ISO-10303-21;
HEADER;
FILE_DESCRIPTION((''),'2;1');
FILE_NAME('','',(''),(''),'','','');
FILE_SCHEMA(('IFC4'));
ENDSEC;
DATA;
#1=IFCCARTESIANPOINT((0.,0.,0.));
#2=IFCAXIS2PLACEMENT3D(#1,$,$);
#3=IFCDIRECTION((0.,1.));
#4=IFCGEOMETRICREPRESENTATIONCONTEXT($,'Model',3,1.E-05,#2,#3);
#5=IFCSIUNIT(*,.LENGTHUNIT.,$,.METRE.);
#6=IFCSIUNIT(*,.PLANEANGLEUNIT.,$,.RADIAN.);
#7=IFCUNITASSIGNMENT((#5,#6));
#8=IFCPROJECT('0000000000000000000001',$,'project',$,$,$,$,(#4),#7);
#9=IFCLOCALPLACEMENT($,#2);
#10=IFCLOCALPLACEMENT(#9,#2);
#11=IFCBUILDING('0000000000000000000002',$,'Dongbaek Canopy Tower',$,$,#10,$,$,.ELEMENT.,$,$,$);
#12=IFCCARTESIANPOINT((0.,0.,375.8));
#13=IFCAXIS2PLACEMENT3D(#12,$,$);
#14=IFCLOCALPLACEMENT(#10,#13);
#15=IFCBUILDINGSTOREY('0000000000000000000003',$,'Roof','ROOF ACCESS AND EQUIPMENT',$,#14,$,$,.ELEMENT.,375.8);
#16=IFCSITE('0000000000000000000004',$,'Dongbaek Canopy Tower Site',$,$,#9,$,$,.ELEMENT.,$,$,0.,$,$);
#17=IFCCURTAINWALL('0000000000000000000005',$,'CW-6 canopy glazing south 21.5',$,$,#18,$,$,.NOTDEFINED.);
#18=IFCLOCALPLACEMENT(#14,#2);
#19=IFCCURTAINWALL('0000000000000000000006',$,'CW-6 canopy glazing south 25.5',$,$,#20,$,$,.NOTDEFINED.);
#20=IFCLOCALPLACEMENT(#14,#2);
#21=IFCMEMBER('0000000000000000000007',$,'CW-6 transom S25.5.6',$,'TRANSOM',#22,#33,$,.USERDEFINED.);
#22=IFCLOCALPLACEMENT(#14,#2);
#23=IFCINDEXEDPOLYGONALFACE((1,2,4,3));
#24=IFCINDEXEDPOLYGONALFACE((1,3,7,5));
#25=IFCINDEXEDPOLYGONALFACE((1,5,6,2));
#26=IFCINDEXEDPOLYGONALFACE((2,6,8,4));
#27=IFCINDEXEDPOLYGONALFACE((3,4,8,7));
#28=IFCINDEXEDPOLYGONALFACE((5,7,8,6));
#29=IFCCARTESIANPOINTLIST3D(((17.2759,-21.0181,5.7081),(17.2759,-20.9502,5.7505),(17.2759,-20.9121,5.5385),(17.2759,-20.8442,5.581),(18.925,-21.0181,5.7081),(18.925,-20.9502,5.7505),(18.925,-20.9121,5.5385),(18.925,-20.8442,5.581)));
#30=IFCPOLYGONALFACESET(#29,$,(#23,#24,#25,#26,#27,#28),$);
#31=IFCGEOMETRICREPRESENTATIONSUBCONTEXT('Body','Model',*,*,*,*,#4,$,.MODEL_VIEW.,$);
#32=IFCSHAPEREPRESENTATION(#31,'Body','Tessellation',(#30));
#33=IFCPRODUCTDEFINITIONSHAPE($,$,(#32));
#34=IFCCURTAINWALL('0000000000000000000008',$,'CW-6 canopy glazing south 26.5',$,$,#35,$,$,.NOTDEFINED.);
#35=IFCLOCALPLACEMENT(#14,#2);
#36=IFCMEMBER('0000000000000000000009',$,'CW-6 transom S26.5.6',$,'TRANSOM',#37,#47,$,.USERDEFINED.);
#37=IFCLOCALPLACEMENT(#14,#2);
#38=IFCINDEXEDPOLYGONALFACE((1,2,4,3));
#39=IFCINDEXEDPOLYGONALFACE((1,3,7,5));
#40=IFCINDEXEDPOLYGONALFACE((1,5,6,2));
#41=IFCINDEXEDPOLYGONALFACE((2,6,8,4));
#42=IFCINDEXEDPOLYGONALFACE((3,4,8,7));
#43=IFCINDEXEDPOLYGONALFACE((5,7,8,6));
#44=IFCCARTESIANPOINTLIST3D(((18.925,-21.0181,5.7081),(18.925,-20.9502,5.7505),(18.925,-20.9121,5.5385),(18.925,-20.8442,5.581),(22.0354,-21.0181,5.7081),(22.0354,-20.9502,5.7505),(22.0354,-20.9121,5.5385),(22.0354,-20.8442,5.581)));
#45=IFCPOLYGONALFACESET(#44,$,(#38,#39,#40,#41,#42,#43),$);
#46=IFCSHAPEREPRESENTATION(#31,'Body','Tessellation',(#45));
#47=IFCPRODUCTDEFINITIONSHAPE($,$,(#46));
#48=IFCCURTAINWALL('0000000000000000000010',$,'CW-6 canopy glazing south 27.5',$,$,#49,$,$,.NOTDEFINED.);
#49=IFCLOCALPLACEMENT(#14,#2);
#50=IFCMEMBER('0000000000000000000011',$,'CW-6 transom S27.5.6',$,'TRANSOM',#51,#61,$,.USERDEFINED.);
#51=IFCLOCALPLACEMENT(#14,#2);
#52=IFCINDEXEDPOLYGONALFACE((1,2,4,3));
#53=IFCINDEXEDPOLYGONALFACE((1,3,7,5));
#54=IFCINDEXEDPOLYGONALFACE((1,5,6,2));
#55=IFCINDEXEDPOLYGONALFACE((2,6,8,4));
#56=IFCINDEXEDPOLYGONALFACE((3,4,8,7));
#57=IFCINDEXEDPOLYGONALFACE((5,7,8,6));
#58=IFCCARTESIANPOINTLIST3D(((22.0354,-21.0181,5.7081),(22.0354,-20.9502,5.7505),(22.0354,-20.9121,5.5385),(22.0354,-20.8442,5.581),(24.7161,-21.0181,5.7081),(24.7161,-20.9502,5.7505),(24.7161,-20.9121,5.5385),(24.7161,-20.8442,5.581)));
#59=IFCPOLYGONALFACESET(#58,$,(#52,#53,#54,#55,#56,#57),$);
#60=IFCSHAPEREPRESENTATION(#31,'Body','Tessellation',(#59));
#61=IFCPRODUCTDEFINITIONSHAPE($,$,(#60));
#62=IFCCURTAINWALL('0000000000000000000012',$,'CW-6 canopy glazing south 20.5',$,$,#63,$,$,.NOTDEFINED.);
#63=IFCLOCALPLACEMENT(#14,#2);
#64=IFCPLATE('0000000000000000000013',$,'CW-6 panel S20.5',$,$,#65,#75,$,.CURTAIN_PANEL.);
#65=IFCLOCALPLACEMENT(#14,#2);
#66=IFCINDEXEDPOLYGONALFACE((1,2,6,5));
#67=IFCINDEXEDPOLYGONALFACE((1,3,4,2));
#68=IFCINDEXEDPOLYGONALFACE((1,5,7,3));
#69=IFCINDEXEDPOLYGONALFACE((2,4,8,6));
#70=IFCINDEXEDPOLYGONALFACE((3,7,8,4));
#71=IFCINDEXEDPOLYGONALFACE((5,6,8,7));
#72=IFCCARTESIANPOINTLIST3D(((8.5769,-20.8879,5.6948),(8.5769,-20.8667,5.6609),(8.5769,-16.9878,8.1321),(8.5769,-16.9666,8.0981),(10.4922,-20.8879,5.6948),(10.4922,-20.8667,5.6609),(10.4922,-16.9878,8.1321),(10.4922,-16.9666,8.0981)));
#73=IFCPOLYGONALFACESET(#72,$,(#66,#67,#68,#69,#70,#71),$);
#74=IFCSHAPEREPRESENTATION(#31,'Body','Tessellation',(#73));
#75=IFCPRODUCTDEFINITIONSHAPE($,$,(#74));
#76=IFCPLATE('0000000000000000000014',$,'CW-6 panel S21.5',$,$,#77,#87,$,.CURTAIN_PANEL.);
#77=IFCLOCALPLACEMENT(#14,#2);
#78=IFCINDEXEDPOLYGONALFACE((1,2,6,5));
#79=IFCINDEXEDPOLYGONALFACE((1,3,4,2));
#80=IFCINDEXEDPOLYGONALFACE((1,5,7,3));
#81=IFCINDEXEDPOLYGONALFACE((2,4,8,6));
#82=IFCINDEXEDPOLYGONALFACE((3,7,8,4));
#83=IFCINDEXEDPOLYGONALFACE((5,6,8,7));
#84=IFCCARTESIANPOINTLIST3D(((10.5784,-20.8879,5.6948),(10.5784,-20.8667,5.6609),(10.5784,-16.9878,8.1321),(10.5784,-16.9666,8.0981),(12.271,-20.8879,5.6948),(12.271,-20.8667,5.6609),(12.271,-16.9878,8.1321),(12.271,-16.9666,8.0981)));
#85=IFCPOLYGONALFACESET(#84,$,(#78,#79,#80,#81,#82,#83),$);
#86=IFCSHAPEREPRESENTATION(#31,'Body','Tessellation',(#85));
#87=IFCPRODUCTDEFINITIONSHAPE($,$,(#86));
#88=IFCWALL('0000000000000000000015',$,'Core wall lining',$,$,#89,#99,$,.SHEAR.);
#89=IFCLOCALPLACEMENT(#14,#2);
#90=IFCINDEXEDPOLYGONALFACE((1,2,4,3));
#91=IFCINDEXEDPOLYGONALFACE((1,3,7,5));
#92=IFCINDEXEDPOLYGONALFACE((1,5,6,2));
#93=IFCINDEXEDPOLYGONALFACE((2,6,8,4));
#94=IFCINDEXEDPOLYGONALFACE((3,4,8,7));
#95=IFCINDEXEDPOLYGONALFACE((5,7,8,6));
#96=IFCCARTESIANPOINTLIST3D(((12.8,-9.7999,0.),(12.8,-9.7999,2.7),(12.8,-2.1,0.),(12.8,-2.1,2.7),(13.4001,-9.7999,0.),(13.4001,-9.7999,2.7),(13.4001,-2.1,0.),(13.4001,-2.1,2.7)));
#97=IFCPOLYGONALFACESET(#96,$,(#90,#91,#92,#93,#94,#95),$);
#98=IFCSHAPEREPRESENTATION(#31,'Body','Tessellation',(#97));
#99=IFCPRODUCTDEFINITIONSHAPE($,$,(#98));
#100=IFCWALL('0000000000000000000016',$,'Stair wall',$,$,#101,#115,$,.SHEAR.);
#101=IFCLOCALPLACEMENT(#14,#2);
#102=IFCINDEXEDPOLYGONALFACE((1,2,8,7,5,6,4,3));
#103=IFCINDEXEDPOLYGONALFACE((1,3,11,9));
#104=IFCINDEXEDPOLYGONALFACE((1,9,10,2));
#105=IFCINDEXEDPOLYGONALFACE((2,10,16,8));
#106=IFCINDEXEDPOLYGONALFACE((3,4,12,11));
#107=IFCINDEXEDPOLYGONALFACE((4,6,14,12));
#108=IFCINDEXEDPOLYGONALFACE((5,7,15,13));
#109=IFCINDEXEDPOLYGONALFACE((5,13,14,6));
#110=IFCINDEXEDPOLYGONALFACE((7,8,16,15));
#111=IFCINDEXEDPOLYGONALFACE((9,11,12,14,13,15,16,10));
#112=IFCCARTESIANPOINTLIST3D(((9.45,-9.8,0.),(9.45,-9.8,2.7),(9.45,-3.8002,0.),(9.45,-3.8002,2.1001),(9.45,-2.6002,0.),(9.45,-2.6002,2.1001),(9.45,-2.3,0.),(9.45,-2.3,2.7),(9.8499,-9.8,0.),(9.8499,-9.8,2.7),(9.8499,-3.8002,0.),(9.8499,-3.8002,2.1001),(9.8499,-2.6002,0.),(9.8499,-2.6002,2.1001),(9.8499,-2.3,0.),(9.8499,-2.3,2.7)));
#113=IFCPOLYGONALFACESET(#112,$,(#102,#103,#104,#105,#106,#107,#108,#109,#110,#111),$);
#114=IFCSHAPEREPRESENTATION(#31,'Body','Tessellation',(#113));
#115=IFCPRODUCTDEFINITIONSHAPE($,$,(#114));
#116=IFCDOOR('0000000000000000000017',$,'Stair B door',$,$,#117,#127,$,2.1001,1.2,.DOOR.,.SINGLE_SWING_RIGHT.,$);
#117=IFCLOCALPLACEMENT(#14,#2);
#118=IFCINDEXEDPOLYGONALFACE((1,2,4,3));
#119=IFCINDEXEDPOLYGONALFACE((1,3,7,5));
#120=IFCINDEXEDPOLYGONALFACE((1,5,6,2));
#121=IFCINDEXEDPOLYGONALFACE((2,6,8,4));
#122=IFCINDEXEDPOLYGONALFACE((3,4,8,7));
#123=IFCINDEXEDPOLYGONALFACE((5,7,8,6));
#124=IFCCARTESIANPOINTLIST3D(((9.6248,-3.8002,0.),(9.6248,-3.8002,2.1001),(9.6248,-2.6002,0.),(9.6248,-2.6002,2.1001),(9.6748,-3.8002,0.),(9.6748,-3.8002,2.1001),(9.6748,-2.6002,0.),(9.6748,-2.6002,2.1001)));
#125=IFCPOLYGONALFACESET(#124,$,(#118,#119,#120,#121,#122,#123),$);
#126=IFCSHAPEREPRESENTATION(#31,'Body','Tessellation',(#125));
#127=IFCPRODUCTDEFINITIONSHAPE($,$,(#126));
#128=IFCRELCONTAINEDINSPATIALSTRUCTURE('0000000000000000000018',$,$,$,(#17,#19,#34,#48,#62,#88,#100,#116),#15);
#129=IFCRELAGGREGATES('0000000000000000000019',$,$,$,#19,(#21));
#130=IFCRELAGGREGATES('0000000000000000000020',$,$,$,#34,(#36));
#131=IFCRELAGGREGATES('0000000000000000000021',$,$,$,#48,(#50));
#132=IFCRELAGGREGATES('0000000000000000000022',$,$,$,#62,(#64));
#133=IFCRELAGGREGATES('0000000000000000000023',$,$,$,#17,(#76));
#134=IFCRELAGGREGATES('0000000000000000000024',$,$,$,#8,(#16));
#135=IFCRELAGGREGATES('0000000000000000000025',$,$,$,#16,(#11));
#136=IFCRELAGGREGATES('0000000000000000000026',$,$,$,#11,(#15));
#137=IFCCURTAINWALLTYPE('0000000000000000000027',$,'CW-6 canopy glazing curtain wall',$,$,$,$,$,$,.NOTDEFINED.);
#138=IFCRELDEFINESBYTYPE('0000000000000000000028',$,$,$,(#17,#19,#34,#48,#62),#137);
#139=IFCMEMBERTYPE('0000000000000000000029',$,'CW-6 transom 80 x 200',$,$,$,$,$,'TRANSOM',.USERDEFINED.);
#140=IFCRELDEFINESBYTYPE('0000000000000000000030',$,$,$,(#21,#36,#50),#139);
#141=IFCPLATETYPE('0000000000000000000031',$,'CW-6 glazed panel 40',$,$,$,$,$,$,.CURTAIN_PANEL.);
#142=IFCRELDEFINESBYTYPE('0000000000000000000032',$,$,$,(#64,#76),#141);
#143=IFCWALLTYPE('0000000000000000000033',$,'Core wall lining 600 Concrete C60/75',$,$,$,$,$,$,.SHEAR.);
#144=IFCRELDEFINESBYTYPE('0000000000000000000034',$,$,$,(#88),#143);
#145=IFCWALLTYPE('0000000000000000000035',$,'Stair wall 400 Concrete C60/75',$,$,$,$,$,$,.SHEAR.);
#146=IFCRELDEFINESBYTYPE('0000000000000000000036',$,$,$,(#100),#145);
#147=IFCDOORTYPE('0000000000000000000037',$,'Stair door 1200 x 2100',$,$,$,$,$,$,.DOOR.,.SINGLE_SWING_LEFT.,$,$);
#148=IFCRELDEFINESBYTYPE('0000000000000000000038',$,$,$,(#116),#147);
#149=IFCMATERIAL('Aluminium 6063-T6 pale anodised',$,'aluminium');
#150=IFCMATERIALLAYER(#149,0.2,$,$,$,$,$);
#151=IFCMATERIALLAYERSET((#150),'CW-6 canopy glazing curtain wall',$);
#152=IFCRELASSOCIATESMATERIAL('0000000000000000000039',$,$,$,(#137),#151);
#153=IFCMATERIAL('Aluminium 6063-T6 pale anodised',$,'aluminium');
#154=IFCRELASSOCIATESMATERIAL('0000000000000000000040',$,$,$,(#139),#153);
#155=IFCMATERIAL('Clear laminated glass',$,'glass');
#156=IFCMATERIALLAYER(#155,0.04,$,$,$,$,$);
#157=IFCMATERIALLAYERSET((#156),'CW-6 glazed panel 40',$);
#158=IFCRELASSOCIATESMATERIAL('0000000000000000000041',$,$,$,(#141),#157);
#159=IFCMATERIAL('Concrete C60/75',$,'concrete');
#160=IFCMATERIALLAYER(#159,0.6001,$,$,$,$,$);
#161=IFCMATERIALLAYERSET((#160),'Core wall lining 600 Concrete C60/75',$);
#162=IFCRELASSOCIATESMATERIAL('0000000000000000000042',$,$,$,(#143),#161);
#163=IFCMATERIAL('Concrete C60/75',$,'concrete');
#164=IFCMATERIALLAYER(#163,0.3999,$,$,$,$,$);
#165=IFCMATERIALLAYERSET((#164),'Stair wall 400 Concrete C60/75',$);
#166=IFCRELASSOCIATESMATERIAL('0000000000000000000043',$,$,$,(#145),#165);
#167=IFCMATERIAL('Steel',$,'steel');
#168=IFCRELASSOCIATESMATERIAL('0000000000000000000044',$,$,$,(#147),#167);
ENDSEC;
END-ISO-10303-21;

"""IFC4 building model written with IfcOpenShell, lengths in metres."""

from ifc_helpers import new_model, si_unit, direction, frame, frame_2d, origin, origin_2d, place, context, subcontext, project, spatial, polyline, rectangle, outline, extrude, material, layer, layer_set, material_profile, profile_set, type_object, element, fill, aggregate, save


model = new_model("IFC4")

# Units and contexts
model_context = context("Model", 3, precision=1e-05, world=origin(), true_north=direction((0.0, 1.0)))
body_context = subcontext(model_context, "Body", "Model", "MODEL_VIEW")
ifc_project = project(units=[si_unit("LENGTHUNIT", "METRE"), si_unit("PLANEANGLEUNIT", "RADIAN")], contexts=[model_context])

# Site, building, storey
site_placement = place(None, origin())
site = spatial("IfcSite", under=ifc_project, at=site_placement, Name="Dongbaek Canopy Tower Site", CompositionType="ELEMENT", RefElevation=0.0)
building_placement = place(site_placement, origin())
building = spatial("IfcBuilding", under=site, at=building_placement, Name="Dongbaek Canopy Tower", CompositionType="ELEMENT")
storey_placement = place(building_placement, frame((0.0, 0.0, 375.8)))
storey = spatial("IfcBuildingStorey", under=building, at=storey_placement, Name="Roof", Description="ROOF ACCESS AND EQUIPMENT", CompositionType="ELEMENT", Elevation=375.8)

# Curtain walls, members
ifc_material_1 = material(Name="Aluminium 6063-T6 pale anodised", Category="aluminium")
ifc_layer_1 = layer(ifc_material_1, 0.2)
ifc_layer_set_1 = layer_set([ifc_layer_1], Name="CW-6 canopy glazing curtain wall")
curtain_wall_type = type_object("IfcCurtainWallType", Name="CW-6 canopy glazing curtain wall", PredefinedType="NOTDEFINED", material=ifc_layer_set_1)
curtain_wall_1_placement = place(storey_placement, origin())
curtain_wall_1 = element("IfcCurtainWall", 1, at=curtain_wall_1_placement, inside=storey, type_object=curtain_wall_type, Name="CW-6 canopy glazing south 21.5", PredefinedType="NOTDEFINED")
ifc_material_2 = material(Name="Aluminium 6063-T6 pale anodised", Category="aluminium")
ifc_material_profile_1 = material_profile(ifc_material_2, rectangle(XDim=0.0801, YDim=0.2, at=origin_2d()), Name="CW-6 transom 80 x 200")
ifc_profile_set_1 = profile_set([ifc_material_profile_1], Name="Aluminium 6063-T6 pale anodised")
member_type_1 = type_object("IfcMemberType", Name="CW-6 transom 80 x 200", ElementType="TRANSOM", PredefinedType="USERDEFINED", material=ifc_profile_set_1)
curtain_wall_2_placement = place(storey_placement, origin())
curtain_wall_2 = element("IfcCurtainWall", 2, at=curtain_wall_2_placement, inside=storey, type_object=curtain_wall_type, Name="CW-6 canopy glazing south 25.5", PredefinedType="NOTDEFINED")
member_1_placement = place(storey_placement, frame((17.2759, -20.9312, 5.6445), z_axis=(1.0, 0.0, 0.0), x_axis=(0.0, 0.848048, 0.529919)))
member_1 = element("IfcMember", 3, at=member_1_placement, type_object=member_type_1, Name="CW-6 transom S25.5.6", ObjectType="TRANSOM", PredefinedType="USERDEFINED", context=body_context, shape_type="SweptSolid", body=[
    extrude(rectangle(XDim=0.0801, YDim=0.2, at=origin_2d()), origin(), (0.0, 0.0, 1.0), 1.6492),
])
aggregate(curtain_wall_2, [member_1])
curtain_wall_3_placement = place(storey_placement, origin())
curtain_wall_3 = element("IfcCurtainWall", 4, at=curtain_wall_3_placement, inside=storey, type_object=curtain_wall_type, Name="CW-6 canopy glazing south 26.5", PredefinedType="NOTDEFINED")
member_2_placement = place(storey_placement, frame((18.925, -20.9312, 5.6445), z_axis=(1.0, 0.0, 0.0), x_axis=(0.0, 0.848048, 0.529919)))
member_2 = element("IfcMember", 5, at=member_2_placement, type_object=member_type_1, Name="CW-6 transom S26.5.6", ObjectType="TRANSOM", PredefinedType="USERDEFINED", context=body_context, shape_type="SweptSolid", body=[
    extrude(rectangle(XDim=0.0801, YDim=0.2, at=origin_2d()), origin(), (0.0, 0.0, 1.0), 3.1104),
])
aggregate(curtain_wall_3, [member_2])
curtain_wall_4_placement = place(storey_placement, origin())
curtain_wall_4 = element("IfcCurtainWall", 6, at=curtain_wall_4_placement, inside=storey, type_object=curtain_wall_type, Name="CW-6 canopy glazing south 27.5", PredefinedType="NOTDEFINED")
member_3_placement = place(storey_placement, frame((22.0354, -20.9312, 5.6445), z_axis=(1.0, 0.0, 0.0), x_axis=(0.0, 0.848048, 0.529919)))
member_3 = element("IfcMember", 7, at=member_3_placement, type_object=member_type_1, Name="CW-6 transom S27.5.6", ObjectType="TRANSOM", PredefinedType="USERDEFINED", context=body_context, shape_type="SweptSolid", body=[
    extrude(rectangle(XDim=0.0801, YDim=0.2, at=origin_2d()), origin(), (0.0, 0.0, 1.0), 2.6807),
])
aggregate(curtain_wall_4, [member_3])

# Curtain wall, plate
curtain_wall_5_placement = place(storey_placement, origin())
curtain_wall_5 = element("IfcCurtainWall", 8, at=curtain_wall_5_placement, inside=storey, type_object=curtain_wall_type, Name="CW-6 canopy glazing south 20.5", PredefinedType="NOTDEFINED")
ifc_material_3 = material(Name="Clear laminated glass", Category="glass")
ifc_layer_2 = layer(ifc_material_3, 0.04)
ifc_layer_set_2 = layer_set([ifc_layer_2], Name="CW-6 glazed panel 40")
plate_type = type_object("IfcPlateType", Name="CW-6 glazed panel 40", PredefinedType="CURTAIN_PANEL", material=ifc_layer_set_2)
plate_1_placement = place(storey_placement, frame((10.4922, -20.8879, 5.6948), z_axis=(0.0, -0.529946, 0.848031), x_axis=(-1.0, 0.0, 0.0)))
plate_1 = element("IfcPlate", 9, at=plate_1_placement, type_object=plate_type, Name="CW-6 panel S20.5", PredefinedType="CURTAIN_PANEL", context=body_context, shape_type="SweptSolid", body=[
    extrude(outline(polyline([(0.0, 0.0), (1.9153, 0.0), (1.9153, -4.5991), (0.0, -4.5991), (0.0, 0.0)])), origin(), (0.0, 0.0, -1.0), 0.04),
])
aggregate(curtain_wall_5, [plate_1])

# Plate
plate_2_placement = place(storey_placement, frame((12.271, -20.8879, 5.6948), z_axis=(0.0, -0.529946, 0.848031), x_axis=(-1.0, 0.0, 0.0)))
plate_2 = element("IfcPlate", 10, at=plate_2_placement, type_object=plate_type, Name="CW-6 panel S21.5", PredefinedType="CURTAIN_PANEL", context=body_context, shape_type="SweptSolid", body=[
    extrude(outline(polyline([(0.0, 0.0), (1.6926, 0.0), (1.6926, -4.5991), (0.0, -4.5991), (0.0, 0.0)])), origin(), (0.0, 0.0, -1.0), 0.04),
])
aggregate(curtain_wall_1, [plate_2])

# Wall
ifc_material_4 = material(Name="Concrete C60/75", Category="concrete")
ifc_layer_3 = layer(ifc_material_4, 0.6001)
ifc_layer_set_3 = layer_set([ifc_layer_3], Name="Core wall lining 600 Concrete C60/75")
wall_type_1 = type_object("IfcWallType", Name="Core wall lining 600 Concrete C60/75", PredefinedType="SHEAR", material=ifc_layer_set_3)
wall_1_placement = place(storey_placement, frame((13.1001, -9.8, 0.0), z_axis=(0.0, 0.0, 1.0), x_axis=(0.0, 1.0, 0.0)))
element("IfcWall", 11, at=wall_1_placement, inside=storey, type_object=wall_type_1, Name="Core wall lining", PredefinedType="SHEAR", context=body_context, shape_type="SweptSolid", body=[
    extrude(rectangle(XDim=7.7, YDim=0.6001, at=frame_2d((3.8501, 0.0))), origin(), (0.0, 0.0, 1.0), 2.7),
])

# Wall, opening, door
ifc_material_5 = material(Name="Concrete C60/75", Category="concrete")
ifc_layer_4 = layer(ifc_material_5, 0.3999)
ifc_layer_set_4 = layer_set([ifc_layer_4], Name="Stair wall 400 Concrete C60/75")
wall_type_2 = type_object("IfcWallType", Name="Stair wall 400 Concrete C60/75", PredefinedType="SHEAR", material=ifc_layer_set_4)
wall_2_placement = place(storey_placement, frame((9.6499, -2.3, 0.0), z_axis=(0.0, 0.0, 1.0), x_axis=(0.0, -1.0, 0.0)))
wall_2 = element("IfcWall", 12, at=wall_2_placement, inside=storey, type_object=wall_type_2, Name="Stair wall", PredefinedType="SHEAR", context=body_context, shape_type="SweptSolid", body=[
    extrude(rectangle(XDim=7.5, YDim=0.3999, at=frame_2d((3.75, 0.0))), origin(), (0.0, 0.0, 1.0), 2.7),
])
opening_placement = place(wall_2_placement, frame((0.3, 0.0, 0.0)))
opening = element("IfcOpeningElement", 13, at=opening_placement, cuts=wall_2, PredefinedType="OPENING", context=body_context, shape_type="SweptSolid", body=[
    extrude(rectangle(XDim=1.2, YDim=2.1001, at=frame_2d((0.6001, 1.05))), frame((0.0, 0.21, 0.0), z_axis=(0.0, -1.0, 0.0), x_axis=(1.0, 0.0, 0.0)), (0.0, 0.0, 1.0), 0.4199),
])
ifc_material_6 = material(Name="Steel", Category="steel")
door_type = type_object("IfcDoorType", Name="Stair door 1200 x 2100", OperationType="SINGLE_SWING_LEFT", PredefinedType="DOOR", material=ifc_material_6)
door_placement = place(opening_placement, origin())
door = element("IfcDoor", 14, at=door_placement, inside=storey, type_object=door_type, Name="Stair B door", OperationType="SINGLE_SWING_RIGHT", OverallHeight=2.1001, OverallWidth=1.2, PredefinedType="DOOR", context=body_context, shape_type="SweptSolid", body=[
    extrude(rectangle(XDim=1.2, YDim=2.1001, at=frame_2d((0.6001, 1.05))), frame((0.0, 0.0249, 0.0), z_axis=(0.0, -1.0, 0.0), x_axis=(1.0, 0.0, 0.0)), (0.0, 0.0, 1.0), 0.05),
])
fill(opening, door)

save(model, "model.ifc")
